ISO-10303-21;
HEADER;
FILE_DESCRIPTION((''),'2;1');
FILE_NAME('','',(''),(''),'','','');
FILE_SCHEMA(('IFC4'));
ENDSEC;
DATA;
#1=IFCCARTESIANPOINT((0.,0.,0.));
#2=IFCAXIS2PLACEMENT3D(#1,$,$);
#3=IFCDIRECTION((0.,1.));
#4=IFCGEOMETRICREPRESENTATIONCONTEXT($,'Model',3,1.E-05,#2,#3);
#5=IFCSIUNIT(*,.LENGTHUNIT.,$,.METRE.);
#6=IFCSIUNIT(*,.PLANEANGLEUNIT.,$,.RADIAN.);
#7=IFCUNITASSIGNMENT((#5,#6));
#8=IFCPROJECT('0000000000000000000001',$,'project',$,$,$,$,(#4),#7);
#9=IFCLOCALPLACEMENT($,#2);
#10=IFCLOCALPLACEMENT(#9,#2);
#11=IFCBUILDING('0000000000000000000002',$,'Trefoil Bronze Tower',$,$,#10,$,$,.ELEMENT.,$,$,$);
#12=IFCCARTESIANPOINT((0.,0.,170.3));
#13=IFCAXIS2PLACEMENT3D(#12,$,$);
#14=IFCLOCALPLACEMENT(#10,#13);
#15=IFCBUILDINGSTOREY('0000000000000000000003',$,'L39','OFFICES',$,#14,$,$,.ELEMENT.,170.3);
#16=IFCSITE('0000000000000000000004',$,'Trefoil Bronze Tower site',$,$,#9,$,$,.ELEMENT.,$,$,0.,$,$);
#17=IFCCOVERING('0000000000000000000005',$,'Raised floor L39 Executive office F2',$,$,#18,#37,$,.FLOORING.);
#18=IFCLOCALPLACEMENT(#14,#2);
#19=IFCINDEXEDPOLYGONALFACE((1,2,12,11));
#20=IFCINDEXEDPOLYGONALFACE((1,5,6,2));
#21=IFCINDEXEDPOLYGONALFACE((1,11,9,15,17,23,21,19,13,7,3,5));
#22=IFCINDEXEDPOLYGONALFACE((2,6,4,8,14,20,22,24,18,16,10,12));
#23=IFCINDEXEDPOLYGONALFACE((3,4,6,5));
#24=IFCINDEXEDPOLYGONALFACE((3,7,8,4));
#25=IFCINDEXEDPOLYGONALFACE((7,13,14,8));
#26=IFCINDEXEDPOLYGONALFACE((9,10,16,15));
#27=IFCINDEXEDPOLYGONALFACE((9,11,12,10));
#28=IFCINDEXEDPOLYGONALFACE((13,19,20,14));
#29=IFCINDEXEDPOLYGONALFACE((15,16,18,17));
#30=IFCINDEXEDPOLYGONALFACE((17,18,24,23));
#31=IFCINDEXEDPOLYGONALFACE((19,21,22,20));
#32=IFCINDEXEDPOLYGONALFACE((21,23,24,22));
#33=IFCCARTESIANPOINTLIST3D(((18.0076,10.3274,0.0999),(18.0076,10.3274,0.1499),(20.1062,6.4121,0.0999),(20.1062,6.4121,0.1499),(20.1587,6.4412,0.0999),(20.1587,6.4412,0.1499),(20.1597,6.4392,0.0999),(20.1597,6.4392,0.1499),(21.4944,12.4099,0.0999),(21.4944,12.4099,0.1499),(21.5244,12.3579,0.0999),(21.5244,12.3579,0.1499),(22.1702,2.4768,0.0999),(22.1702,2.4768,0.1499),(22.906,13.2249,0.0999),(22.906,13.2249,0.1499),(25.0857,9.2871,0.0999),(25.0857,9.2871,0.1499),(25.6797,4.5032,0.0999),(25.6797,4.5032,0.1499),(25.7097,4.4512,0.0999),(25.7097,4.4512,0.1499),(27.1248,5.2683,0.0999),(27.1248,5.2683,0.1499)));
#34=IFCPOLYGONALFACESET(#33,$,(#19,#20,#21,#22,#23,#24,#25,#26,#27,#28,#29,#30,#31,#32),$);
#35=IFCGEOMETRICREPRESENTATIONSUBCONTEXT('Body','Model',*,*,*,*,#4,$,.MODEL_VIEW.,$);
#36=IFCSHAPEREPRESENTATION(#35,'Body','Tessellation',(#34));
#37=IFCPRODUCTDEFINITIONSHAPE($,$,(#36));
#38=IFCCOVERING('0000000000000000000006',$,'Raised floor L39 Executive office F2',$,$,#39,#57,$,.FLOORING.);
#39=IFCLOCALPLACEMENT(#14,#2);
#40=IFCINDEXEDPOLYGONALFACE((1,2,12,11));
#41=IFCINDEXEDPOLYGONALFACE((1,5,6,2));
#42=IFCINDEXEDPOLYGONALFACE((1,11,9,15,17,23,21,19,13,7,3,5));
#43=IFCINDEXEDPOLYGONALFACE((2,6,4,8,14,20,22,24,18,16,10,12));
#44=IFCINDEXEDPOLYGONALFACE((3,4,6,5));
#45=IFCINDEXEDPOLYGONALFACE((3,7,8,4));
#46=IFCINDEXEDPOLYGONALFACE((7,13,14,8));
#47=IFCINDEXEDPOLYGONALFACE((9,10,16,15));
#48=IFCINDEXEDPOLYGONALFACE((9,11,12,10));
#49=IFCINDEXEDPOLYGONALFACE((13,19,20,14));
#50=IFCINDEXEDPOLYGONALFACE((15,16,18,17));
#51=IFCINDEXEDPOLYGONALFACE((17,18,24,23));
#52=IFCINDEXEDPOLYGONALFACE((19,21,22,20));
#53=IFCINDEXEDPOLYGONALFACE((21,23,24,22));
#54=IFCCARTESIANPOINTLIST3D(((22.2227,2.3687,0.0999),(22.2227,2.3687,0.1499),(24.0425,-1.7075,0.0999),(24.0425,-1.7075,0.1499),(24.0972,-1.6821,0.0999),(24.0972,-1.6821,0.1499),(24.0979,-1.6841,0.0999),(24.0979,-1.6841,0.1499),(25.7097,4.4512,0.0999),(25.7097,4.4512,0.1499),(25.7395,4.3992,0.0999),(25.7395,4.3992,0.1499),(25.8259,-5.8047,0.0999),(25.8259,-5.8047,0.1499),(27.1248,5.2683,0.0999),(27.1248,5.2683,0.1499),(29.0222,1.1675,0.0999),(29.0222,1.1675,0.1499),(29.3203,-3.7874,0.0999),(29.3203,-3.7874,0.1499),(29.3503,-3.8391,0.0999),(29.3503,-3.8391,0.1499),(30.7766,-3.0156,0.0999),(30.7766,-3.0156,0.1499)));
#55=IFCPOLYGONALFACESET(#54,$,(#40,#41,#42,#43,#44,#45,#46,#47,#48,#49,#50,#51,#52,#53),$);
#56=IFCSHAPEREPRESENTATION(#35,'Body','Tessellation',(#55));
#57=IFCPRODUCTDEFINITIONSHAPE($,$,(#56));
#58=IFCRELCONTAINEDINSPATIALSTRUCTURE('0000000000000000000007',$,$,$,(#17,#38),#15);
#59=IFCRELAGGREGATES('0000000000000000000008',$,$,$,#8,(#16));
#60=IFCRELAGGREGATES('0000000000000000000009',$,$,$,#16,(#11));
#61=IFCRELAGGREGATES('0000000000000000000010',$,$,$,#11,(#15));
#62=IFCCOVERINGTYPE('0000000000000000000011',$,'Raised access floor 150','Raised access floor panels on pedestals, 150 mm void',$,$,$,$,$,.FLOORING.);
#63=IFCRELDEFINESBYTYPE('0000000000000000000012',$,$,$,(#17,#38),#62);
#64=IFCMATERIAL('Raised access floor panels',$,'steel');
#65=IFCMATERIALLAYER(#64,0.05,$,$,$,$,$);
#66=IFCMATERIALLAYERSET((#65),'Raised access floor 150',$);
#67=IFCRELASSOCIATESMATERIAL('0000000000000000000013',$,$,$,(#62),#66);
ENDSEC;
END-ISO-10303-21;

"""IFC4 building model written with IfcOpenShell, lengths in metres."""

from ifc_helpers import new_model, si_unit, direction, frame, origin, place, context, subcontext, project, spatial, polyline, outline, extrude, material, layer, layer_set, type_object, element, save


model = new_model("IFC4")

# Units and contexts
model_context = context("Model", 3, precision=1e-05, world=origin(), true_north=direction((0.0, 1.0)))
body_context = subcontext(model_context, "Body", "Model", "MODEL_VIEW")
ifc_project = project(units=[si_unit("LENGTHUNIT", "METRE"), si_unit("PLANEANGLEUNIT", "RADIAN")], contexts=[model_context])

# Site, building, storey
site_placement = place(None, origin())
site = spatial("IfcSite", under=ifc_project, at=site_placement, Name="Trefoil Bronze Tower site", CompositionType="ELEMENT", RefElevation=0.0)
building_placement = place(site_placement, origin())
building = spatial("IfcBuilding", under=site, at=building_placement, Name="Trefoil Bronze Tower", CompositionType="ELEMENT")
storey_placement = place(building_placement, frame((0.0, 0.0, 170.3)))
storey = spatial("IfcBuildingStorey", under=building, at=storey_placement, Name="L39", Description="OFFICES", CompositionType="ELEMENT", Elevation=170.3)

# Coverings
ifc_material_1 = material(Name="Raised access floor panels", Category="steel")
ifc_layer_1 = layer(ifc_material_1, 0.05)
ifc_layer_set_1 = layer_set([ifc_layer_1], Name="Raised access floor 150")
covering_type_1 = type_object("IfcCoveringType", Name="Raised access floor 150", Description="Raised access floor panels on pedestals, 150 mm void", PredefinedType="FLOORING", material=ifc_layer_set_1)
covering_1_placement = place(storey_placement, frame((0.0, 0.0, 0.0999)))
element("IfcCovering", 1, at=covering_1_placement, inside=storey, type_object=covering_type_1, Name="Raised floor L39 Executive office F2", PredefinedType="FLOORING", context=body_context, shape_type="SweptSolid", body=[
    extrude(outline(polyline([(25.0857, 9.2871), (27.1248, 5.2683), (25.7097, 4.4512), (25.6797, 4.5032), (22.1702, 2.4768), (20.1597, 6.4392), (20.1062, 6.4121), (20.1587, 6.4412), (18.0076, 10.3274), (21.5244, 12.3579), (21.4944, 12.4099), (22.906, 13.2249), (25.0857, 9.2871)])), origin(), (0.0, 0.0, 1.0), 0.05),
])
covering_2_placement = place(storey_placement, frame((0.0, 0.0, 0.0999)))
element("IfcCovering", 2, at=covering_2_placement, inside=storey, type_object=covering_type_1, Name="Raised floor L39 Executive office F2", PredefinedType="FLOORING", context=body_context, shape_type="SweptSolid", body=[
    extrude(outline(polyline([(29.0222, 1.1675), (30.7766, -3.0156), (29.3503, -3.8391), (29.3203, -3.7874), (25.8259, -5.8047), (24.0979, -1.6841), (24.0425, -1.7075), (24.0972, -1.6821), (22.2227, 2.3687), (25.7395, 4.3992), (25.7097, 4.4512), (27.1248, 5.2683), (29.0222, 1.1675)])), origin(), (0.0, 0.0, 1.0), 0.05),
])

save(model, "model.ifc")
